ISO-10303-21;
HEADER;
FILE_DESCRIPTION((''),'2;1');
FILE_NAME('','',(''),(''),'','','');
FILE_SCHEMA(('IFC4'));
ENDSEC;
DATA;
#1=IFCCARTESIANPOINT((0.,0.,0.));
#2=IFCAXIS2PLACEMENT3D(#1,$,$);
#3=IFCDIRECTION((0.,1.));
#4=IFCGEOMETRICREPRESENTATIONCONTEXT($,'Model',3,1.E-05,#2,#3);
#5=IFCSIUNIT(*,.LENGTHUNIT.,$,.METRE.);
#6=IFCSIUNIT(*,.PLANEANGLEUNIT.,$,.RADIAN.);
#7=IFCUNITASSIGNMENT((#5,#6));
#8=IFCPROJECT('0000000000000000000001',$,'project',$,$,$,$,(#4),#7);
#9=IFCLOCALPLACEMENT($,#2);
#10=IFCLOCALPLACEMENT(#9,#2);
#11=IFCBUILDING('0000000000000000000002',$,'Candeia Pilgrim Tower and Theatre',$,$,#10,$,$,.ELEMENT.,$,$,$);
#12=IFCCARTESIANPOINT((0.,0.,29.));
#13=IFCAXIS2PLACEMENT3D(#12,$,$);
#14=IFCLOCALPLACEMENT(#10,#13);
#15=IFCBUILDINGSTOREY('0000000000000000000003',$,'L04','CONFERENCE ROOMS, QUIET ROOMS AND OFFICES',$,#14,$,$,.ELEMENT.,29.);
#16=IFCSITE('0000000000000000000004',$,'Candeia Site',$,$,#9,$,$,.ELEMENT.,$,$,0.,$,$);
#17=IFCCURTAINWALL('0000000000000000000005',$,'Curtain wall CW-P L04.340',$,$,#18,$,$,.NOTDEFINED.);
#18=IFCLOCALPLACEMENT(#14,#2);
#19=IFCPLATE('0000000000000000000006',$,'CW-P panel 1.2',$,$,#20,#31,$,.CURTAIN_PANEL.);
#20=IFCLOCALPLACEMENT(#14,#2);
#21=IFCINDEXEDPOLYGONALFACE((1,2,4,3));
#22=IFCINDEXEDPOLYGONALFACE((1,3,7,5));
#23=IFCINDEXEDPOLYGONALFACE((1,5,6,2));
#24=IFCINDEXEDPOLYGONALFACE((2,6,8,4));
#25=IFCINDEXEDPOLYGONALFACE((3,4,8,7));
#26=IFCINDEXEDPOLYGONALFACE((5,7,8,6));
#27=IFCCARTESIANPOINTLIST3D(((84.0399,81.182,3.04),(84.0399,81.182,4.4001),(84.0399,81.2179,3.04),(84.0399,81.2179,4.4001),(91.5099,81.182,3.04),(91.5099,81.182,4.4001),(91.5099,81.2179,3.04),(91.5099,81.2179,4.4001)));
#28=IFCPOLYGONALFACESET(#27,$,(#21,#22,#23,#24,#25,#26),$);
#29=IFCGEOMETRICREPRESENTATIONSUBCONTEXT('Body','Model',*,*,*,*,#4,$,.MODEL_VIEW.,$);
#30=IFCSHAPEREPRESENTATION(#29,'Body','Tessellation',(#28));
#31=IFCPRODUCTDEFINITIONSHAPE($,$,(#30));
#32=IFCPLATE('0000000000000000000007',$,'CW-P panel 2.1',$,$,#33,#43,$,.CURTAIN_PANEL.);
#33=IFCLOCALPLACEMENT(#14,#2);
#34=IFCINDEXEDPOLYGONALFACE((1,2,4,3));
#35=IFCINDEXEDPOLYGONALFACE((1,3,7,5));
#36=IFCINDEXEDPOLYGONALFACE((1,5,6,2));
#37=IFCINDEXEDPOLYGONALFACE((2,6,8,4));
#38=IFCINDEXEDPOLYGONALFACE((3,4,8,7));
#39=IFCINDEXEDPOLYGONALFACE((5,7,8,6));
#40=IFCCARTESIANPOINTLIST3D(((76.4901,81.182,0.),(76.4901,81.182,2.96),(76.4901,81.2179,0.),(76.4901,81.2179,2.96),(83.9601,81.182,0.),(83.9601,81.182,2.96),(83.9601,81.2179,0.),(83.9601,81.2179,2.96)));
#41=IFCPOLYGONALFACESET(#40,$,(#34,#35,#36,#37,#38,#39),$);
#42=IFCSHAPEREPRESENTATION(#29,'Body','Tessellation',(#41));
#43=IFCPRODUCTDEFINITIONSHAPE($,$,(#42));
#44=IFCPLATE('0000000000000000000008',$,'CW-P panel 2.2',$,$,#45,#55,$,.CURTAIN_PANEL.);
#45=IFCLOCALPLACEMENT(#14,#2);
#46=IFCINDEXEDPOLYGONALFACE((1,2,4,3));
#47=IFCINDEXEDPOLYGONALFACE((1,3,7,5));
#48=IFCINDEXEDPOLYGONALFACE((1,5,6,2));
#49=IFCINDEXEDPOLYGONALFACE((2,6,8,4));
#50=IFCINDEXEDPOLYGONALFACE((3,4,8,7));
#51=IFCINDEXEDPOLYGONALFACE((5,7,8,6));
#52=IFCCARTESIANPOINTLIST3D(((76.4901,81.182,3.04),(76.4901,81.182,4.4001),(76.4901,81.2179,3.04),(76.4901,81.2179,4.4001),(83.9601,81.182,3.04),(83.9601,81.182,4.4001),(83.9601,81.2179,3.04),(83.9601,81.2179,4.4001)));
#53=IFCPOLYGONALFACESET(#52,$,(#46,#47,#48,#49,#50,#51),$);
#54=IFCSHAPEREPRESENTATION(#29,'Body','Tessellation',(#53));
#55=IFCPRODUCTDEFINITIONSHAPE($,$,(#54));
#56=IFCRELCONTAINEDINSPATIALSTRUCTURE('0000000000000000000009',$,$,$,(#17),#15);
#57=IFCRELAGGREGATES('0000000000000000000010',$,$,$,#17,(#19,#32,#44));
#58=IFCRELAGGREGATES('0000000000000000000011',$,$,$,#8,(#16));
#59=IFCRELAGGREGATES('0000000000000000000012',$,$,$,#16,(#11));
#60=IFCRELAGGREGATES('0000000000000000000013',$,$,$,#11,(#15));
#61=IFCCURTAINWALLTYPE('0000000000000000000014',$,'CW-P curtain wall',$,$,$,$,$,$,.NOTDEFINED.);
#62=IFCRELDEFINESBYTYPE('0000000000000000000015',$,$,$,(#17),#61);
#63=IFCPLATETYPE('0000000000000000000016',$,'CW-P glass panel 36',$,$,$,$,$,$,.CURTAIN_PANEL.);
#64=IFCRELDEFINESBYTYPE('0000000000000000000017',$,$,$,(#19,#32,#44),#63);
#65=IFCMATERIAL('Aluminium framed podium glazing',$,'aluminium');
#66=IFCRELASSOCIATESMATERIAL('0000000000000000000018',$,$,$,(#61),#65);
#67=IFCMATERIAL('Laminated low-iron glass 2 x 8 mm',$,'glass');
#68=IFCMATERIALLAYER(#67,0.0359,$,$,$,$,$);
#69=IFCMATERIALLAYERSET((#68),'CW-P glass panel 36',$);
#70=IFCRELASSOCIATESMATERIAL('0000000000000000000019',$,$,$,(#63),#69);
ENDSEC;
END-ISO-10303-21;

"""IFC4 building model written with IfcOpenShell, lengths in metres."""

from ifc_helpers import new_model, si_unit, direction, frame, origin, origin_2d, place, context, subcontext, project, spatial, rectangle, extrude, material, layer, layer_set, type_object, element, aggregate, save


model = new_model("IFC4")

# Units and contexts
model_context = context("Model", 3, precision=1e-05, world=origin(), true_north=direction((0.0, 1.0)))
body_context = subcontext(model_context, "Body", "Model", "MODEL_VIEW")
ifc_project = project(units=[si_unit("LENGTHUNIT", "METRE"), si_unit("PLANEANGLEUNIT", "RADIAN")], contexts=[model_context])

# Site, building, storey
site_placement = place(None, origin())
site = spatial("IfcSite", under=ifc_project, at=site_placement, Name="Candeia Site", CompositionType="ELEMENT", RefElevation=0.0)
building_placement = place(site_placement, origin())
building = spatial("IfcBuilding", under=site, at=building_placement, Name="Candeia Pilgrim Tower and Theatre", CompositionType="ELEMENT")
storey_placement = place(building_placement, frame((0.0, 0.0, 29.0)))
storey = spatial("IfcBuildingStorey", under=building, at=storey_placement, Name="L04", Description="CONFERENCE ROOMS, QUIET ROOMS AND OFFICES", CompositionType="ELEMENT", Elevation=29.0)

# Shared definitions
ifc_material_1 = material(Name="Aluminium framed podium glazing", Category="aluminium")
curtain_wall_type = type_object("IfcCurtainWallType", Name="CW-P curtain wall", PredefinedType="NOTDEFINED", material=ifc_material_1)

# Curtain wall
curtain_wall_1_placement = place(storey_placement, origin())
curtain_wall_1 = element("IfcCurtainWall", 1, at=curtain_wall_1_placement, inside=storey, type_object=curtain_wall_type, Name="Curtain wall CW-P L04.340", PredefinedType="NOTDEFINED")

# Plates
ifc_material_2 = material(Name="Laminated low-iron glass 2 x 8 mm", Category="glass")
ifc_layer_1 = layer(ifc_material_2, 0.0359)
ifc_layer_set_1 = layer_set([ifc_layer_1], Name="CW-P glass panel 36")
plate_type = type_object("IfcPlateType", Name="CW-P glass panel 36", PredefinedType="CURTAIN_PANEL", material=ifc_layer_set_1)
plate_1_placement = place(storey_placement, frame((87.7749, 81.2, 3.04), z_axis=(0.0, 0.0, 1.0), x_axis=(-1.0, 0.0, 0.0)))
plate_1 = element("IfcPlate", 2, at=plate_1_placement, type_object=plate_type, Name="CW-P panel 1.2", PredefinedType="CURTAIN_PANEL", context=body_context, shape_type="SweptSolid", body=[
    extrude(rectangle(XDim=7.47, YDim=0.0359, at=origin_2d()), origin(), (0.0, 0.0, 1.0), 1.3601),
])
plate_2_placement = place(storey_placement, frame((80.2251, 81.2, 0.0), z_axis=(0.0, 0.0, 1.0), x_axis=(-1.0, 0.0, 0.0)))
plate_2 = element("IfcPlate", 3, at=plate_2_placement, type_object=plate_type, Name="CW-P panel 2.1", PredefinedType="CURTAIN_PANEL", context=body_context, shape_type="SweptSolid", body=[
    extrude(rectangle(XDim=7.47, YDim=0.0359, at=origin_2d()), origin(), (0.0, 0.0, 1.0), 2.96),
])
plate_3_placement = place(storey_placement, frame((80.2251, 81.2, 3.04), z_axis=(0.0, 0.0, 1.0), x_axis=(-1.0, 0.0, 0.0)))
plate_3 = element("IfcPlate", 4, at=plate_3_placement, type_object=plate_type, Name="CW-P panel 2.2", PredefinedType="CURTAIN_PANEL", context=body_context, shape_type="SweptSolid", body=[
    extrude(rectangle(XDim=7.47, YDim=0.0359, at=origin_2d()), origin(), (0.0, 0.0, 1.0), 1.3601),
])
aggregate(curtain_wall_1, [plate_1, plate_2, plate_3])

save(model, "model.ifc")
